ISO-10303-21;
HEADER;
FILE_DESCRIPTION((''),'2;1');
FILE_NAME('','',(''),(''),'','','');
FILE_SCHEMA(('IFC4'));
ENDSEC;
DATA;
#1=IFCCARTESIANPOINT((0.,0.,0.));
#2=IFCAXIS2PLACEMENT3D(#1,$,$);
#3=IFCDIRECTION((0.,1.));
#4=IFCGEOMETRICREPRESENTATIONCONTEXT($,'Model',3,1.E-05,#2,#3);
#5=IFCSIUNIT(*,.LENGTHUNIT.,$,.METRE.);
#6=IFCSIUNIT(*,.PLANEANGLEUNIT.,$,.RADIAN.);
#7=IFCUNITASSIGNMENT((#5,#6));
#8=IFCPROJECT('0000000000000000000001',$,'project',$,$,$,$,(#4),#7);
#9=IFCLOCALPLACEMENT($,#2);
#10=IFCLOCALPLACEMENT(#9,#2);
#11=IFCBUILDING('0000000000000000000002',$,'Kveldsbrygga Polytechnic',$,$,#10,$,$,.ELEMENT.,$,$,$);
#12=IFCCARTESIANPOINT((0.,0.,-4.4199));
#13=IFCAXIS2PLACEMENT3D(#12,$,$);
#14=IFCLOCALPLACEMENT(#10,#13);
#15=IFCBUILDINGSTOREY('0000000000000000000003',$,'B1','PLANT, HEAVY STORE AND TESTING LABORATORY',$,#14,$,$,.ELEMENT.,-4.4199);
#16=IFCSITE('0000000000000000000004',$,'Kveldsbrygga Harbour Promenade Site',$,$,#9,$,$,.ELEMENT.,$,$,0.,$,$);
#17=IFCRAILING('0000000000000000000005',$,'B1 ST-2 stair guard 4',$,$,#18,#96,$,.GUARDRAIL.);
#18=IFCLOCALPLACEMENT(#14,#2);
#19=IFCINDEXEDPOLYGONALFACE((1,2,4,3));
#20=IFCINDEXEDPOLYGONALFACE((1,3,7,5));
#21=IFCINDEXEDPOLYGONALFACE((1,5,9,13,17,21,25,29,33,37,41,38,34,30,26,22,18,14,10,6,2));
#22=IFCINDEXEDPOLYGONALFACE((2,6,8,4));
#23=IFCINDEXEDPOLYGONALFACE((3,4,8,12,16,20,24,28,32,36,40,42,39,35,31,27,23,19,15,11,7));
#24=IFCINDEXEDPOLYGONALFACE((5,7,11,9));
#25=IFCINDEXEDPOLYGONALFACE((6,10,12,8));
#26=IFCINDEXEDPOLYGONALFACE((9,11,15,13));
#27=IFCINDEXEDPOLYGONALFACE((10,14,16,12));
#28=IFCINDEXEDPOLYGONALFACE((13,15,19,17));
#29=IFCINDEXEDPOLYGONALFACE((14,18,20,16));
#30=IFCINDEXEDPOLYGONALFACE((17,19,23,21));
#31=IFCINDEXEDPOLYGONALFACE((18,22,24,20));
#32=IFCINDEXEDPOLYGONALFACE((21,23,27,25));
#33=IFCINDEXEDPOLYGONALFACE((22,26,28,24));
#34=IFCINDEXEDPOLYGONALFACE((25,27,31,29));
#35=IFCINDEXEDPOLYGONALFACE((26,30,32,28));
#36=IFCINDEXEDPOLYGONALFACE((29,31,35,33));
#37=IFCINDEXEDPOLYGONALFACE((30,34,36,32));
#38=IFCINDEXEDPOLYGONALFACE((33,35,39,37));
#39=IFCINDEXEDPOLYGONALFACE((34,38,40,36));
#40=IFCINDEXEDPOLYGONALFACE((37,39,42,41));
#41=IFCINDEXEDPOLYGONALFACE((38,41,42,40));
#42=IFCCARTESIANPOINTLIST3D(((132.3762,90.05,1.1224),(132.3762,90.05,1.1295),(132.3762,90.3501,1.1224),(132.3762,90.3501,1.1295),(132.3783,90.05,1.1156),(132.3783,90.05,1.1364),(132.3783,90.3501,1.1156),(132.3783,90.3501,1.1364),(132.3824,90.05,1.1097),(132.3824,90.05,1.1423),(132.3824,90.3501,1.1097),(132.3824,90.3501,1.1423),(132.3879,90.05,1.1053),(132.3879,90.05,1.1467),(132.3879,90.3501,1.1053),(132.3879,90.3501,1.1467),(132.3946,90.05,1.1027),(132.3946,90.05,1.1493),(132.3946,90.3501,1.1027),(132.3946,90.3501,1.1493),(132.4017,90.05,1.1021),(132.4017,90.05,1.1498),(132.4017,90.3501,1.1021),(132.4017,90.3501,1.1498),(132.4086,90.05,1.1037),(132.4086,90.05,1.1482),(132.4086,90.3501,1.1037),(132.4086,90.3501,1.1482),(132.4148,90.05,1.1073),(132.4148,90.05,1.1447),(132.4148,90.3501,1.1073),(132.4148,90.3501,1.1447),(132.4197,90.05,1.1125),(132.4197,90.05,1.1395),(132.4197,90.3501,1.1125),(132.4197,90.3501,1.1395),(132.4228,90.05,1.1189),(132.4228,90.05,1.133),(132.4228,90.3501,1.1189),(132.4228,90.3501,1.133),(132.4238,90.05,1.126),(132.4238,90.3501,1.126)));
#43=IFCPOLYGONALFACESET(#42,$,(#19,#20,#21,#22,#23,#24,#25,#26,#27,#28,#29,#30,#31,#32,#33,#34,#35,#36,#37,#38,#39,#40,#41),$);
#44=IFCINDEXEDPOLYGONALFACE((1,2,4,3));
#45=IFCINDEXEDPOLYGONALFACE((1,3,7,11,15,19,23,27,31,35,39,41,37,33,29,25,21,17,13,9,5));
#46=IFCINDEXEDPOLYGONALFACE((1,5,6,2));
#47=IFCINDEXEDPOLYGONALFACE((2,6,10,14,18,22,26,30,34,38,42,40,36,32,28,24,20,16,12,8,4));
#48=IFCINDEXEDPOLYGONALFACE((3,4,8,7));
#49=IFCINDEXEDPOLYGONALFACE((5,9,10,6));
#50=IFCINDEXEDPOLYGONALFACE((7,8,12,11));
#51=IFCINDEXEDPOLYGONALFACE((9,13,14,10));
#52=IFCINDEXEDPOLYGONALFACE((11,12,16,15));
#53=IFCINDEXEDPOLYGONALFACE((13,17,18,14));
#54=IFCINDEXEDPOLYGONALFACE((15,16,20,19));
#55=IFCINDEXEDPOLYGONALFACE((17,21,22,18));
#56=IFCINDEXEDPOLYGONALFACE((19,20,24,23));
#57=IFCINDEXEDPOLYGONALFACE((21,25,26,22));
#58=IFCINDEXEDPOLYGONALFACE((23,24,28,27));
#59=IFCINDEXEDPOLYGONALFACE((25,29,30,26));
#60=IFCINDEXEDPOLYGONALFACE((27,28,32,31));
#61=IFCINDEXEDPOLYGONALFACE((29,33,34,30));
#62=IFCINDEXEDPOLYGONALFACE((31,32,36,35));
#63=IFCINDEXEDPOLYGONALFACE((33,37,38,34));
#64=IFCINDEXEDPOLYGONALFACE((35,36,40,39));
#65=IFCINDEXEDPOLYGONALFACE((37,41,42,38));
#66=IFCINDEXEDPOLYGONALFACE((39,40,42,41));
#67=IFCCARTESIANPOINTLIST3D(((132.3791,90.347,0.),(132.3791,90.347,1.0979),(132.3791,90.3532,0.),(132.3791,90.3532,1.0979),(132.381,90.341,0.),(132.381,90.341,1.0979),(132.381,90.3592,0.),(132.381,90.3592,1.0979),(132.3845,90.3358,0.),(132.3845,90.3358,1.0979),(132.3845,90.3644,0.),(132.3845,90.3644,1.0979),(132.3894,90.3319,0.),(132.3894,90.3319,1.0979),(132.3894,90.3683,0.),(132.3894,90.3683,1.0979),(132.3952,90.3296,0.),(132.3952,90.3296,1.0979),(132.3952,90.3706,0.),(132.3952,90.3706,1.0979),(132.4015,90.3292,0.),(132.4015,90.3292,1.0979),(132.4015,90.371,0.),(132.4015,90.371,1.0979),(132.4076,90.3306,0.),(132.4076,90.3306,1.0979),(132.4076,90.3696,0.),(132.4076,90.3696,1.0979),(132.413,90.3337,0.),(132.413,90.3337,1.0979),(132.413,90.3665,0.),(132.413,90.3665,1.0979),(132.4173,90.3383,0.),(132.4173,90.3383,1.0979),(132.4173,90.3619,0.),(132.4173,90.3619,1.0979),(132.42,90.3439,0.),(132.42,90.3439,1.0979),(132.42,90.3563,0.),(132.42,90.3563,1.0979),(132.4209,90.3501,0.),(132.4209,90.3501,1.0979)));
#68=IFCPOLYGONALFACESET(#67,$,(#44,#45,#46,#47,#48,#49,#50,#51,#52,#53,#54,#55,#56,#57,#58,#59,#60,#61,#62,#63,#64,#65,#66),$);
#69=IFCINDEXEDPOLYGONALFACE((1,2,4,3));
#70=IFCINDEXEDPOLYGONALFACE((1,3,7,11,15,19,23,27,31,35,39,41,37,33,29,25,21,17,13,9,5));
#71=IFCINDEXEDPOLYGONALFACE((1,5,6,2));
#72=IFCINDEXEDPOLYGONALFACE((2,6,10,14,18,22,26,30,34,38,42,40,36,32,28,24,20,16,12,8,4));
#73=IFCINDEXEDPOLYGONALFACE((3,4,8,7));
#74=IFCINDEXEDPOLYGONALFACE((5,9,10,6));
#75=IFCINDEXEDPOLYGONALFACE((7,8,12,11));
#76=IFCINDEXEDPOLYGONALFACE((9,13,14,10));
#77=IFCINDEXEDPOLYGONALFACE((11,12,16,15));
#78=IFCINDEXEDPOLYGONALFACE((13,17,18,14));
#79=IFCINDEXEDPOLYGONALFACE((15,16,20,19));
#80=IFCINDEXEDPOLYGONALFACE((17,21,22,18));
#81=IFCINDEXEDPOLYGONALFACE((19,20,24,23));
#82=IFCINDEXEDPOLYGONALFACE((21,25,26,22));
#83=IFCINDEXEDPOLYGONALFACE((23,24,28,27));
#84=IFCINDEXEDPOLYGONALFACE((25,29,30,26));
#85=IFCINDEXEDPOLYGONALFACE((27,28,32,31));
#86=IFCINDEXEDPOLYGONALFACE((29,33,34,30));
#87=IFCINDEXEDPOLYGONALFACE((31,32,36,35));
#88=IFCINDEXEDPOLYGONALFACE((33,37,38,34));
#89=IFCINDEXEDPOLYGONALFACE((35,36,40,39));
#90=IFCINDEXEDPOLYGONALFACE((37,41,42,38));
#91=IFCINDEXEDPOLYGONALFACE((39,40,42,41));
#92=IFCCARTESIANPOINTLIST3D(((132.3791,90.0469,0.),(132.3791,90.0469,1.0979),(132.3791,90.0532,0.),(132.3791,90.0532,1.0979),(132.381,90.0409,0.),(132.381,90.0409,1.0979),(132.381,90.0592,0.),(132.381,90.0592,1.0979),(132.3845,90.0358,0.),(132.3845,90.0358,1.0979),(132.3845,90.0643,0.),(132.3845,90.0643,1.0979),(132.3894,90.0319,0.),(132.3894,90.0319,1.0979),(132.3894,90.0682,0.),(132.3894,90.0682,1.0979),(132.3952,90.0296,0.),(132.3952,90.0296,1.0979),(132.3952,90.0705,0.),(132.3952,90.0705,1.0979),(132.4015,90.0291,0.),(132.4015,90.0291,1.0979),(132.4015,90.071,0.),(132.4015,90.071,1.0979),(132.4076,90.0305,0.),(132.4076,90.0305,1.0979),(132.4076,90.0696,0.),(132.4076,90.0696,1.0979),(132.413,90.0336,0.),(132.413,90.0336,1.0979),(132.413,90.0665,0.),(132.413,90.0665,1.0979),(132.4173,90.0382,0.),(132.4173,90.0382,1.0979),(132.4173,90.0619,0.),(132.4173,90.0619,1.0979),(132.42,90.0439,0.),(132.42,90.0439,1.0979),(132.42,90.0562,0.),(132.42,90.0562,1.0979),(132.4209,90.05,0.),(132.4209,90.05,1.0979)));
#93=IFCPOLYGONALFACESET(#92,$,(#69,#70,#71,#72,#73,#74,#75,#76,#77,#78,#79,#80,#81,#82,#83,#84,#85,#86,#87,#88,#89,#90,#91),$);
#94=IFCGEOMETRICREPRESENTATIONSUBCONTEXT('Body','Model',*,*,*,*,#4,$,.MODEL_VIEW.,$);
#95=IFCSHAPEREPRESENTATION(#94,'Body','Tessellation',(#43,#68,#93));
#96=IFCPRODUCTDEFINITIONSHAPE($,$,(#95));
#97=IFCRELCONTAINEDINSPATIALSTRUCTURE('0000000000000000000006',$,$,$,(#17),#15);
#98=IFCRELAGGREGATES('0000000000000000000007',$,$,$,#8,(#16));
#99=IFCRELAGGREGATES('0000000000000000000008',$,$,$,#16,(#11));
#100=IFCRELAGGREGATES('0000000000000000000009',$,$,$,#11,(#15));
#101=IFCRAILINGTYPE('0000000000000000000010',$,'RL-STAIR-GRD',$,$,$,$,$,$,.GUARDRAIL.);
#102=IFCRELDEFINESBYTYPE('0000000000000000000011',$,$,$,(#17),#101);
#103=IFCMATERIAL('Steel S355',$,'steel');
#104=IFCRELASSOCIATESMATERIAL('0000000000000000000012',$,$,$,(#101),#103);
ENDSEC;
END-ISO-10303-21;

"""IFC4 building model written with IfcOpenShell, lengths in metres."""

from ifc_helpers import new_model, si_unit, direction, frame, origin, origin_2d, place, context, subcontext, project, spatial, circle, extrude, material, type_object, element, save


model = new_model("IFC4")

# Units and contexts
model_context = context("Model", 3, precision=1e-05, world=origin(), true_north=direction((0.0, 1.0)))
body_context = subcontext(model_context, "Body", "Model", "MODEL_VIEW")
ifc_project = project(units=[si_unit("LENGTHUNIT", "METRE"), si_unit("PLANEANGLEUNIT", "RADIAN")], contexts=[model_context])

# Site, building, storey
site_placement = place(None, origin())
site = spatial("IfcSite", under=ifc_project, at=site_placement, Name="Kveldsbrygga Harbour Promenade Site", CompositionType="ELEMENT", RefElevation=0.0)
building_placement = place(site_placement, origin())
building = spatial("IfcBuilding", under=site, at=building_placement, Name="Kveldsbrygga Polytechnic", CompositionType="ELEMENT")
storey_placement = place(building_placement, frame((0.0, 0.0, -4.4199)))
storey = spatial("IfcBuildingStorey", under=building, at=storey_placement, Name="B1", Description="PLANT, HEAVY STORE AND TESTING LABORATORY", CompositionType="ELEMENT", Elevation=-4.4199)

# Shared definitions
ifc_material_1 = material(Name="Steel S355", Category="steel")

# Railing
railing_type_1 = type_object("IfcRailingType", Name="RL-STAIR-GRD", PredefinedType="GUARDRAIL", material=ifc_material_1)
railing_1_placement = place(storey_placement, frame((132.3999, 90.3501, 0.0)))
element("IfcRailing", 1, at=railing_1_placement, inside=storey, type_object=railing_type_1, Name="B1 ST-2 stair guard 4", PredefinedType="GUARDRAIL", context=body_context, shape_type="SweptSolid", body=[
    extrude(circle(Radius=0.0239, at=origin_2d()), frame((0.0, 0.0, 1.126), z_axis=(0.0, -1.0, 0.0), x_axis=(1.0, 0.0, 0.0)), (0.0, 0.0, 1.0), 0.3),
    extrude(circle(Radius=0.021, at=origin_2d()), origin(), (0.0, 0.0, 1.0), 1.0979),
    extrude(circle(Radius=0.021, at=origin_2d()), frame((0.0, -0.3, 0.0)), (0.0, 0.0, 1.0), 1.0979),
])

save(model, "model.ifc")
